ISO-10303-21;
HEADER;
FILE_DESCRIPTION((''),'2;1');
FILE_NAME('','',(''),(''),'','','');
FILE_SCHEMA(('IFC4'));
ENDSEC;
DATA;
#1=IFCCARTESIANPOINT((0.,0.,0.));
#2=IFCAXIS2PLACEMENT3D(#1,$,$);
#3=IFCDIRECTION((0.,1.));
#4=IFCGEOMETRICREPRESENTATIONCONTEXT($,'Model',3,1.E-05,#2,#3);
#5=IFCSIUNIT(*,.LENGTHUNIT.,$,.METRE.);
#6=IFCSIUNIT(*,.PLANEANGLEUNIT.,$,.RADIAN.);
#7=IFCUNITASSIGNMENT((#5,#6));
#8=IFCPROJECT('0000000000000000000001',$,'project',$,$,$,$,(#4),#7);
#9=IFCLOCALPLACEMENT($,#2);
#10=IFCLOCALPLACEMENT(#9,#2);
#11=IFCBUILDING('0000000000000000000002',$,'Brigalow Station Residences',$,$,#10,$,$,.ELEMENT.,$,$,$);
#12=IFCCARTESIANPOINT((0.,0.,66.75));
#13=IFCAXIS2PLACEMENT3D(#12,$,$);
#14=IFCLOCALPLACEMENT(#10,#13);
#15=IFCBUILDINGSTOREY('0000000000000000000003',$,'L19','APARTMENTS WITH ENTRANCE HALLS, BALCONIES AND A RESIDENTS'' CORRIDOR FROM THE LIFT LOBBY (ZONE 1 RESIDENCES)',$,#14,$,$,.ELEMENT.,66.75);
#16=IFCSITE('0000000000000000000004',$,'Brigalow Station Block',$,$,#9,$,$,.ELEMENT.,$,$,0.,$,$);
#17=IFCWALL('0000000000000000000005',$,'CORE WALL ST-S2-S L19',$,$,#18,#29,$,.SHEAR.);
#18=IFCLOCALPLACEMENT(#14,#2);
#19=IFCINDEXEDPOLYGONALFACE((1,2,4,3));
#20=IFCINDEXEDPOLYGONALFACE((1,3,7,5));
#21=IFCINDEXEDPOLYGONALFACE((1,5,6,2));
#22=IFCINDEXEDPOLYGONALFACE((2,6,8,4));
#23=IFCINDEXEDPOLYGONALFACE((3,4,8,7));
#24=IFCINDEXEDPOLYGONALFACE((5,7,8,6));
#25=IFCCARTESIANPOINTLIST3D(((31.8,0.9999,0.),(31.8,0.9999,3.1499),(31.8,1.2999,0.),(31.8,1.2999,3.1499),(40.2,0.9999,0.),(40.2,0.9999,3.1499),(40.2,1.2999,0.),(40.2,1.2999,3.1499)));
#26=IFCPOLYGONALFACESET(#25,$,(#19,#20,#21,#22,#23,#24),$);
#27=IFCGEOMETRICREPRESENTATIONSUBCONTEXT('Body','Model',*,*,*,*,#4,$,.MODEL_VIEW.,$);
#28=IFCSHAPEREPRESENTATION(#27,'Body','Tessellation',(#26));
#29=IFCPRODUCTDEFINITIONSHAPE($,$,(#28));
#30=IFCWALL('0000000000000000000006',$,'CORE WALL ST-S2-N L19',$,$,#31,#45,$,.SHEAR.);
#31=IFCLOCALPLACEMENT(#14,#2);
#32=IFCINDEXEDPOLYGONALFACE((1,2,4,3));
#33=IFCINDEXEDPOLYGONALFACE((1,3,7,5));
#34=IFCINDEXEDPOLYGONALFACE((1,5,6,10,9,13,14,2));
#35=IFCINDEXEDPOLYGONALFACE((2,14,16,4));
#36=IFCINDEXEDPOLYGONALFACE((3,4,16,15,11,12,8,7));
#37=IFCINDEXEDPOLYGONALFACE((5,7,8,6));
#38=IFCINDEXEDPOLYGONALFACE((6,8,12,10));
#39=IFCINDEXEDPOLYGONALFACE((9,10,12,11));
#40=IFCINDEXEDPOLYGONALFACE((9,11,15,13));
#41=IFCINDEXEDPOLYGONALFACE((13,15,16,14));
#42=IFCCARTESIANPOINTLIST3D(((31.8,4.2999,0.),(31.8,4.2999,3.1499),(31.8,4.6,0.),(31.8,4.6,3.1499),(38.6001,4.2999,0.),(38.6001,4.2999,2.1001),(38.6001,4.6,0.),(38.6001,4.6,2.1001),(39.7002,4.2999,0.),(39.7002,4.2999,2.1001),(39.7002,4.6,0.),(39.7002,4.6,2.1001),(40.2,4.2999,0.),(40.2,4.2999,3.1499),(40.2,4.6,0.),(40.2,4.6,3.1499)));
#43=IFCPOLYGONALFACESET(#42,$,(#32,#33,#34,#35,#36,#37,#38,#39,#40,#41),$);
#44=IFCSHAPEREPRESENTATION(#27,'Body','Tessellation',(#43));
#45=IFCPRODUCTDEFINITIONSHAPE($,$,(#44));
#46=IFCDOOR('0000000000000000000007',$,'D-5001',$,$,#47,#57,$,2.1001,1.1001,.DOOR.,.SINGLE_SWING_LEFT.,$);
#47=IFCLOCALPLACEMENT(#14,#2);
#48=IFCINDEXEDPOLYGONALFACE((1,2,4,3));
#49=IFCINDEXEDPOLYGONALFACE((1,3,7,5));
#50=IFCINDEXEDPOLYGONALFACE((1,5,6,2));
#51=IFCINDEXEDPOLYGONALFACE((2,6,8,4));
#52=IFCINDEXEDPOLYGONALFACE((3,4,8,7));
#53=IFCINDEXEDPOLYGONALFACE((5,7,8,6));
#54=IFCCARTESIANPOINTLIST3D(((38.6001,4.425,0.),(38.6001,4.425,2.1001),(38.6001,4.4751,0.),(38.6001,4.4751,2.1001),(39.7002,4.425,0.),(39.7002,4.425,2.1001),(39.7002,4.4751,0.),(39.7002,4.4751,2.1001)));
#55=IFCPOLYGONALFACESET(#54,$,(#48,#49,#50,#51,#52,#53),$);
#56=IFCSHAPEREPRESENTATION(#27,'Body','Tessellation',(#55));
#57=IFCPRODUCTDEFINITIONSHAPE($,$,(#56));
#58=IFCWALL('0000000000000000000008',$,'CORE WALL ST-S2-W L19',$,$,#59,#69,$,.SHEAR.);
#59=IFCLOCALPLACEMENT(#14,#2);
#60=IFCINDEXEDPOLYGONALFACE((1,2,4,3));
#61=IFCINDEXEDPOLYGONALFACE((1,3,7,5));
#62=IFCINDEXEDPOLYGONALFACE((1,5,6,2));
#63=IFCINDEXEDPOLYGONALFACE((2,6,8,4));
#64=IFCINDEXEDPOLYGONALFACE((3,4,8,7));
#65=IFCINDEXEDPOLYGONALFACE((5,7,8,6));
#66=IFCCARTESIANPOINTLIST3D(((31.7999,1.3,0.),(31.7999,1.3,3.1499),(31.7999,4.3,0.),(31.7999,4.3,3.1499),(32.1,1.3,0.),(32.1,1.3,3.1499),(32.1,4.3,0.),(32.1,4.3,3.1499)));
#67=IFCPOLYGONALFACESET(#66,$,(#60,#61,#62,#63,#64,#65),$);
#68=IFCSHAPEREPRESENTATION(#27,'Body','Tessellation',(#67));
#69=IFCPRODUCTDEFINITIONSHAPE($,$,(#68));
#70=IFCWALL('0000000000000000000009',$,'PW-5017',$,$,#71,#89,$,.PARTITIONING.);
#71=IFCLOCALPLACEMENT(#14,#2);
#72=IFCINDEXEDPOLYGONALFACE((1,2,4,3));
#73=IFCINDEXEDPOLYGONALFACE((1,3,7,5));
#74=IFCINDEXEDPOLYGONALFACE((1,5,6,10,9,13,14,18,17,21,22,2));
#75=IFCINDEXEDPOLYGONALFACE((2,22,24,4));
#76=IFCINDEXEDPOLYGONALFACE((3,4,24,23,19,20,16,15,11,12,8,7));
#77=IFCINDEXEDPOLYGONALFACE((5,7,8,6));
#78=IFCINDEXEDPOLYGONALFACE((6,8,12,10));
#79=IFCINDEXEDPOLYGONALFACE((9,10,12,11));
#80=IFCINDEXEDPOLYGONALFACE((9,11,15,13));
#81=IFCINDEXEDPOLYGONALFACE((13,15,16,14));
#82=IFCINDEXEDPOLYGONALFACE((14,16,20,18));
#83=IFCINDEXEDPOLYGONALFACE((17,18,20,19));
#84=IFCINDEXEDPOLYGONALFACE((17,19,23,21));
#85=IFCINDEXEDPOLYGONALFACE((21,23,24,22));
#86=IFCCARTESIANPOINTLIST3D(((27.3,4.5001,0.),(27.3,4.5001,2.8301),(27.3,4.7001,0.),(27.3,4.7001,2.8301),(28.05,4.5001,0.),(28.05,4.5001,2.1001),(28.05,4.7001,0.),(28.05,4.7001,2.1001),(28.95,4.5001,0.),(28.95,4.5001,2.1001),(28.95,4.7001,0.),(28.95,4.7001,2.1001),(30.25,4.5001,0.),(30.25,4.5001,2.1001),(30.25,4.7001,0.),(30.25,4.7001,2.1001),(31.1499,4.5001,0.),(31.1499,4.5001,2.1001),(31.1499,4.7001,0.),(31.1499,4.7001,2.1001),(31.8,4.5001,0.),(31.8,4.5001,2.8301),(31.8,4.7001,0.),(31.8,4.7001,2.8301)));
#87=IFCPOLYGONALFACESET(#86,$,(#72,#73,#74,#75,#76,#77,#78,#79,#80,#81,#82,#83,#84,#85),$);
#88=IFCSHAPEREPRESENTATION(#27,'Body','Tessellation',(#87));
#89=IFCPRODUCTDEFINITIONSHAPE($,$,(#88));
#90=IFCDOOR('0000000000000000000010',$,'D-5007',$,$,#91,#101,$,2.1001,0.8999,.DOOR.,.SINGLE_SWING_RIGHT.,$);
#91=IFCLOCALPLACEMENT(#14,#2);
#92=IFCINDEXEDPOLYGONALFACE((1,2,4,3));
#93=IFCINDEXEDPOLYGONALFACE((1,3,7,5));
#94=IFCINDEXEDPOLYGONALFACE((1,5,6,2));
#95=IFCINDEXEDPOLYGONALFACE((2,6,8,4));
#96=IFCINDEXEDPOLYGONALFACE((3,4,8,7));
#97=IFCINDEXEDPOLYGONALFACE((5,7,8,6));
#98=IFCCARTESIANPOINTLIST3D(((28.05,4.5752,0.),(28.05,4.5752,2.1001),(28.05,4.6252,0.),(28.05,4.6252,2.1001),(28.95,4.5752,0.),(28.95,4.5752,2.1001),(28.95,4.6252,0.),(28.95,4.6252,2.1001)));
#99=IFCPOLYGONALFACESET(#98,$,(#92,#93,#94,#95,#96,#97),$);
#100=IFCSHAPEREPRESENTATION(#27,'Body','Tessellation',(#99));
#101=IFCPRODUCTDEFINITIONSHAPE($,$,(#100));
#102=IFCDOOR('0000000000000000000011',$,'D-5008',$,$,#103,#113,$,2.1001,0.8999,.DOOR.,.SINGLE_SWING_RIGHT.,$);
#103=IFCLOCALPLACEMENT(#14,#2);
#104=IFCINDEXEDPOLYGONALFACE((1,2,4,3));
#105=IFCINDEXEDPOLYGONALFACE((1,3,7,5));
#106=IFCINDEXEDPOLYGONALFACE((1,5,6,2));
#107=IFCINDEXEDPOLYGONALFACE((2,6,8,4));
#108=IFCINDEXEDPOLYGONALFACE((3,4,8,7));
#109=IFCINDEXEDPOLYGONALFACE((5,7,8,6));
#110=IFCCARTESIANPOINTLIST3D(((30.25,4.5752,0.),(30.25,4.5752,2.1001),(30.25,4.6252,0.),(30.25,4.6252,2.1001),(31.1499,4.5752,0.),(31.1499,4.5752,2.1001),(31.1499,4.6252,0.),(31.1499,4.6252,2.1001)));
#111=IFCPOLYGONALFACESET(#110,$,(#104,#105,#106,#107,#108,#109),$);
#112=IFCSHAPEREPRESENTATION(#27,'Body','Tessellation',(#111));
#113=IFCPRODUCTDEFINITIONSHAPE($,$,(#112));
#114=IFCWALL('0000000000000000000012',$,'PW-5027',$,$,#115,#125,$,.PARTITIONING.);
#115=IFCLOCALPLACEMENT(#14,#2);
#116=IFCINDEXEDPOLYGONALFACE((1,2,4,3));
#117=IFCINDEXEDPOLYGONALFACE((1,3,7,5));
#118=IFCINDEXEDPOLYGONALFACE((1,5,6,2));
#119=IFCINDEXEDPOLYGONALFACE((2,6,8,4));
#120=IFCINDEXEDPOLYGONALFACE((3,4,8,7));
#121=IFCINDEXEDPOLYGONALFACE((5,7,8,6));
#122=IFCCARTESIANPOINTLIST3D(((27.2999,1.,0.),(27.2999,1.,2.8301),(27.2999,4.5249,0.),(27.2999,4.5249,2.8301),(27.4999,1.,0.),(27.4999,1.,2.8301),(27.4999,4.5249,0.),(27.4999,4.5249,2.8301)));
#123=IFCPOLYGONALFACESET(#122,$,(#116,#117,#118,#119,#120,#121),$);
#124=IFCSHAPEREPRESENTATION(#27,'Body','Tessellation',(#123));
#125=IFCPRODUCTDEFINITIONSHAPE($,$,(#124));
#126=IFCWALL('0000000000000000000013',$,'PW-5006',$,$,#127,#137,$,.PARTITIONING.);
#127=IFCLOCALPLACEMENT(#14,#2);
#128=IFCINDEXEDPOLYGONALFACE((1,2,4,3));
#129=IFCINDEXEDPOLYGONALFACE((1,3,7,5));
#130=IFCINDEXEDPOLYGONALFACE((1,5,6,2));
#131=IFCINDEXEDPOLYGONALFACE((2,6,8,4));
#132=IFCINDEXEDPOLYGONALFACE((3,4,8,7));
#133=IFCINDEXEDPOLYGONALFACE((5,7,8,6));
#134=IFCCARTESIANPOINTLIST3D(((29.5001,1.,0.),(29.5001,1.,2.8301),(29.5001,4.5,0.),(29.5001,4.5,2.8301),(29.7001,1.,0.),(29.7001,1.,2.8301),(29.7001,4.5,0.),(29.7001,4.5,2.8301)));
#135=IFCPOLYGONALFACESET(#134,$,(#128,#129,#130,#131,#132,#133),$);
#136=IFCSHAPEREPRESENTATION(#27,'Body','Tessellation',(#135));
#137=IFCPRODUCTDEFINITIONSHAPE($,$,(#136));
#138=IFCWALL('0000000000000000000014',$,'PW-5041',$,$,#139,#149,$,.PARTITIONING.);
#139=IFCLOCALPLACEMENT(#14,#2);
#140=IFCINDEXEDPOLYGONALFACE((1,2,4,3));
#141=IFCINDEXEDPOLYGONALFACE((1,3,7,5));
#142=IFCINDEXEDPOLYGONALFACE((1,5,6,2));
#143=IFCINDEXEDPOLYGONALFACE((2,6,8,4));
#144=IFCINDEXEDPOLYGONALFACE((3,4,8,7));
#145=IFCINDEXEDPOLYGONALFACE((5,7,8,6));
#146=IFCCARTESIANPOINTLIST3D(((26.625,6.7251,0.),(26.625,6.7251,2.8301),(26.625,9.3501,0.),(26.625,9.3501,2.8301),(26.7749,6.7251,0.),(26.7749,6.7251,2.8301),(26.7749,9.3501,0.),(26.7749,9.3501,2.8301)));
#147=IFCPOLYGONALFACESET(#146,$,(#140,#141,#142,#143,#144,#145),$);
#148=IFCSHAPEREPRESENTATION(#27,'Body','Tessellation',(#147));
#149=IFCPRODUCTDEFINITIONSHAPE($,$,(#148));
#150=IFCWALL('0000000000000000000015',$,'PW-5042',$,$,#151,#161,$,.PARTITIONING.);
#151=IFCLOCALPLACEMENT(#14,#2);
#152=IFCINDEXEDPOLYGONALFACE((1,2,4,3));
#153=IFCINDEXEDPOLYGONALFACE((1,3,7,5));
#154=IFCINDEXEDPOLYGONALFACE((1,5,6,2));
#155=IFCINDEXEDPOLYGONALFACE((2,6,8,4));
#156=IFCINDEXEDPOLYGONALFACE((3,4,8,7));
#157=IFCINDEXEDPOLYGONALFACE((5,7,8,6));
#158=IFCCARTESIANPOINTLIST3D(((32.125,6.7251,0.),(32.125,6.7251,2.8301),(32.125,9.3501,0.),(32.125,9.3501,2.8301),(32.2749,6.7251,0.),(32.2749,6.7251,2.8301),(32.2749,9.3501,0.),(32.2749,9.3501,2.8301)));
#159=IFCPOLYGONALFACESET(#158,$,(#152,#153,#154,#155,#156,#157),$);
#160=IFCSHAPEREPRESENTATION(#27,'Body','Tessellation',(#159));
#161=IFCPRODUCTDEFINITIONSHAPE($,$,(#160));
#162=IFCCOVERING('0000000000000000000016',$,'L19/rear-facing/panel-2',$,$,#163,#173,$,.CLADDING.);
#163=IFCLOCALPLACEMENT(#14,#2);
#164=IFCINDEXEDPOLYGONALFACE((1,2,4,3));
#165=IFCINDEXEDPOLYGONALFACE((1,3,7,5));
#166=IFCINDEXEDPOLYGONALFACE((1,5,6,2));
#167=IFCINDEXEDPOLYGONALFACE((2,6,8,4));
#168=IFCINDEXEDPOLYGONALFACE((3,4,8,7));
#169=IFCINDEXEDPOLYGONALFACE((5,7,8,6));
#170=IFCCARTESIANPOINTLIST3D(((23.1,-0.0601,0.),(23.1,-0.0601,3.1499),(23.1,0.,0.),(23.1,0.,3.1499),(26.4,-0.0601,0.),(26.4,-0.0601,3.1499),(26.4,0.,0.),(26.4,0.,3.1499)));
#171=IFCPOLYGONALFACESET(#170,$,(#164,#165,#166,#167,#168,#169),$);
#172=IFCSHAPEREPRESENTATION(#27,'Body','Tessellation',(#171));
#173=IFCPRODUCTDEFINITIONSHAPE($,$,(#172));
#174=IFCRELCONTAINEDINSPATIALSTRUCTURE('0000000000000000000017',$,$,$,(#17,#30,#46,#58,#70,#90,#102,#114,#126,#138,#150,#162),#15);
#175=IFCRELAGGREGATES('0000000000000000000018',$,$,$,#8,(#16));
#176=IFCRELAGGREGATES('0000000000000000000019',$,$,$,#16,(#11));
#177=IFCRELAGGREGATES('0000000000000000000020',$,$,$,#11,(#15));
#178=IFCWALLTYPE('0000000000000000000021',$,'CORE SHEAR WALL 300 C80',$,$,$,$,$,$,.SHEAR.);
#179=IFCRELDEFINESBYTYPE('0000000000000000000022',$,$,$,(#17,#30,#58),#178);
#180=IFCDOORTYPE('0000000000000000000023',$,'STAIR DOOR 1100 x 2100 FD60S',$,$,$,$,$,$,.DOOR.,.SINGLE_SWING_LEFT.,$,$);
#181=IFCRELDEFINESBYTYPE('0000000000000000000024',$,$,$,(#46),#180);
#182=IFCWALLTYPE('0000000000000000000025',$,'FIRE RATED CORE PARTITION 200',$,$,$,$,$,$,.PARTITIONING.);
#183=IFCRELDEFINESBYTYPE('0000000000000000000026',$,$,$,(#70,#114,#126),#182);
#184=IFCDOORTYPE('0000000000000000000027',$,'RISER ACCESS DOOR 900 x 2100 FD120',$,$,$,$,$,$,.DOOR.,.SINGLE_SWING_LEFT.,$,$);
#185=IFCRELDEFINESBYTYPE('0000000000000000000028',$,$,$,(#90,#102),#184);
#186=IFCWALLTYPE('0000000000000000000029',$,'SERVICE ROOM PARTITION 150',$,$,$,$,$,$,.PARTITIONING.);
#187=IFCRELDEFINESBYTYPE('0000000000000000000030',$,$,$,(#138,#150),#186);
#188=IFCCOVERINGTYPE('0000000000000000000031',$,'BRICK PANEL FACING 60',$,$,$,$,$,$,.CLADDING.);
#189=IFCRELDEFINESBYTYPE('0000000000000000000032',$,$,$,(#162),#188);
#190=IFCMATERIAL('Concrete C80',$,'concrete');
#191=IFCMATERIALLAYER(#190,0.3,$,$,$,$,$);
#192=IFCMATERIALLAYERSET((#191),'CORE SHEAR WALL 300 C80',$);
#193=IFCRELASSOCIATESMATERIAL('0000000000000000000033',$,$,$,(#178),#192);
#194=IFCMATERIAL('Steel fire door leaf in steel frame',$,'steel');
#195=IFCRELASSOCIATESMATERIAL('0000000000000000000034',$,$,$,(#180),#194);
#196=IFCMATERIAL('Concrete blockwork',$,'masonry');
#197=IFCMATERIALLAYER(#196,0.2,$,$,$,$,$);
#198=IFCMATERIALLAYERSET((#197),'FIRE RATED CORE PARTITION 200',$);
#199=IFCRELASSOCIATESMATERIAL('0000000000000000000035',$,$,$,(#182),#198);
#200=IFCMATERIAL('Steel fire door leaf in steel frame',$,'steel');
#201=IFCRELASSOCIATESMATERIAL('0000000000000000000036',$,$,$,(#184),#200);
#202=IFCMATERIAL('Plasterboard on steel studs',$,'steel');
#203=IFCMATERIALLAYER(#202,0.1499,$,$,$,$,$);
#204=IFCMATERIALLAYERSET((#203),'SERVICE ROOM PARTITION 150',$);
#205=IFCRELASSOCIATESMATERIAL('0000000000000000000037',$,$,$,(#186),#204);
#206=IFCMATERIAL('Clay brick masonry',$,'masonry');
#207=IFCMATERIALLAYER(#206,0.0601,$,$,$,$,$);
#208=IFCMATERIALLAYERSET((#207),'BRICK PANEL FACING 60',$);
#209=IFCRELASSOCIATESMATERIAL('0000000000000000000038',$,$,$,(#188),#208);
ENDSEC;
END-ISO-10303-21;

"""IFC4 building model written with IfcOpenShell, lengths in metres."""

from ifc_helpers import new_model, si_unit, direction, frame, frame_2d, origin, origin_2d, place, context, subcontext, project, spatial, rectangle, extrude, material, layer, layer_set, type_object, element, fill, save


model = new_model("IFC4")

# Units and contexts
model_context = context("Model", 3, precision=1e-05, world=origin(), true_north=direction((0.0, 1.0)))
body_context = subcontext(model_context, "Body", "Model", "MODEL_VIEW")
ifc_project = project(units=[si_unit("LENGTHUNIT", "METRE"), si_unit("PLANEANGLEUNIT", "RADIAN")], contexts=[model_context])

# Site, building, storey
site_placement = place(None, origin())
site = spatial("IfcSite", under=ifc_project, at=site_placement, Name="Brigalow Station Block", CompositionType="ELEMENT", RefElevation=0.0)
building_placement = place(site_placement, origin())
building = spatial("IfcBuilding", under=site, at=building_placement, Name="Brigalow Station Residences", CompositionType="ELEMENT")
storey_placement = place(building_placement, frame((0.0, 0.0, 66.75)))
storey = spatial("IfcBuildingStorey", under=building, at=storey_placement, Name="L19", Description="APARTMENTS WITH ENTRANCE HALLS, BALCONIES AND A RESIDENTS' CORRIDOR FROM THE LIFT LOBBY (ZONE 1 RESIDENCES)", CompositionType="ELEMENT", Elevation=66.75)

# Wall
ifc_material_1 = material(Name="Concrete C80", Category="concrete")
ifc_layer_1 = layer(ifc_material_1, 0.3)
ifc_layer_set_1 = layer_set([ifc_layer_1], Name="CORE SHEAR WALL 300 C80")
wall_type_1 = type_object("IfcWallType", Name="CORE SHEAR WALL 300 C80", PredefinedType="SHEAR", material=ifc_layer_set_1)
wall_1_placement = place(storey_placement, frame((31.8, 1.1499, 0.0), z_axis=(0.0, 0.0, 1.0), x_axis=(1.0, 0.0, 0.0)))
element("IfcWall", 1, at=wall_1_placement, inside=storey, type_object=wall_type_1, Name="CORE WALL ST-S2-S L19", PredefinedType="SHEAR", context=body_context, shape_type="SweptSolid", body=[
    extrude(rectangle(XDim=8.3999, YDim=0.3, at=frame_2d((4.2, 0.0))), origin(), (0.0, 0.0, 1.0), 3.1499),
])

# Wall, opening, door
wall_2_placement = place(storey_placement, frame((31.8, 4.45, 0.0), z_axis=(0.0, 0.0, 1.0), x_axis=(1.0, 0.0, 0.0)))
wall_2 = element("IfcWall", 2, at=wall_2_placement, inside=storey, type_object=wall_type_1, Name="CORE WALL ST-S2-N L19", PredefinedType="SHEAR", context=body_context, shape_type="SweptSolid", body=[
    extrude(rectangle(XDim=8.3999, YDim=0.3, at=frame_2d((4.2, 0.0))), origin(), (0.0, 0.0, 1.0), 3.1499),
])
opening_1_placement = place(wall_2_placement, frame((6.8, 0.0, 0.0)))
opening_1 = element("IfcOpeningElement", 3, at=opening_1_placement, cuts=wall_2, PredefinedType="OPENING", context=body_context, shape_type="SweptSolid", body=[
    extrude(rectangle(XDim=1.1001, YDim=2.1001, at=frame_2d((0.55, 1.05))), frame((0.0, 0.1602, 0.0), z_axis=(0.0, -1.0, 0.0), x_axis=(1.0, 0.0, 0.0)), (0.0, 0.0, 1.0), 0.3201),
])
ifc_material_2 = material(Name="Steel fire door leaf in steel frame", Category="steel")
door_type_1 = type_object("IfcDoorType", Name="STAIR DOOR 1100 x 2100 FD60S", OperationType="SINGLE_SWING_LEFT", PredefinedType="DOOR", material=ifc_material_2)
door_1_placement = place(opening_1_placement, frame((1.1001, 0.0, 0.0), z_axis=(0.0, 0.0, 1.0), x_axis=(-1.0, 0.0, 0.0)))
door_1 = element("IfcDoor", 4, at=door_1_placement, inside=storey, type_object=door_type_1, Name="D-5001", OperationType="SINGLE_SWING_LEFT", OverallHeight=2.1001, OverallWidth=1.1001, PredefinedType="DOOR", context=body_context, shape_type="SweptSolid", body=[
    extrude(rectangle(XDim=1.1001, YDim=2.1001, at=frame_2d((0.55, 1.05))), frame((0.0, 0.0249, 0.0), z_axis=(0.0, -1.0, 0.0), x_axis=(1.0, 0.0, 0.0)), (0.0, 0.0, 1.0), 0.05),
])
fill(opening_1, door_1)

# Wall
wall_3_placement = place(storey_placement, frame((31.95, 1.3, 0.0), z_axis=(0.0, 0.0, 1.0), x_axis=(0.0, 1.0, 0.0)))
element("IfcWall", 5, at=wall_3_placement, inside=storey, type_object=wall_type_1, Name="CORE WALL ST-S2-W L19", PredefinedType="SHEAR", context=body_context, shape_type="SweptSolid", body=[
    extrude(rectangle(XDim=3.0, YDim=0.3, at=frame_2d((1.5, 0.0))), origin(), (0.0, 0.0, 1.0), 3.1499),
])

# Wall, openings, doors
ifc_material_3 = material(Name="Concrete blockwork", Category="masonry")
ifc_layer_2 = layer(ifc_material_3, 0.2)
ifc_layer_set_2 = layer_set([ifc_layer_2], Name="FIRE RATED CORE PARTITION 200")
wall_type_2 = type_object("IfcWallType", Name="FIRE RATED CORE PARTITION 200", PredefinedType="PARTITIONING", material=ifc_layer_set_2)
wall_4_placement = place(storey_placement, frame((27.3, 4.6001, 0.0), z_axis=(0.0, 0.0, 1.0), x_axis=(1.0, 0.0, 0.0)))
wall_4 = element("IfcWall", 6, at=wall_4_placement, inside=storey, type_object=wall_type_2, Name="PW-5017", PredefinedType="PARTITIONING", context=body_context, shape_type="SweptSolid", body=[
    extrude(rectangle(XDim=4.5, YDim=0.2, at=frame_2d((2.25, 0.0))), origin(), (0.0, 0.0, 1.0), 2.8301),
])
opening_2_placement = place(wall_4_placement, frame((0.75, 0.0, 0.0)))
opening_2 = element("IfcOpeningElement", 7, at=opening_2_placement, cuts=wall_4, PredefinedType="OPENING", context=body_context, shape_type="SweptSolid", body=[
    extrude(rectangle(XDim=0.8999, YDim=2.1001, at=frame_2d((0.45, 1.05))), frame((0.0, 0.1099, 0.0), z_axis=(0.0, -1.0, 0.0), x_axis=(1.0, 0.0, 0.0)), (0.0, 0.0, 1.0), 0.22),
])
opening_3_placement = place(wall_4_placement, frame((2.95, 0.0, 0.0)))
opening_3 = element("IfcOpeningElement", 8, at=opening_3_placement, cuts=wall_4, PredefinedType="OPENING", context=body_context, shape_type="SweptSolid", body=[
    extrude(rectangle(XDim=0.8999, YDim=2.1001, at=frame_2d((0.45, 1.05))), frame((0.0, 0.1099, 0.0), z_axis=(0.0, -1.0, 0.0), x_axis=(1.0, 0.0, 0.0)), (0.0, 0.0, 1.0), 0.22),
])
ifc_material_4 = material(Name="Steel fire door leaf in steel frame", Category="steel")
door_type_2 = type_object("IfcDoorType", Name="RISER ACCESS DOOR 900 x 2100 FD120", OperationType="SINGLE_SWING_LEFT", PredefinedType="DOOR", material=ifc_material_4)
door_2_placement = place(opening_2_placement, frame((0.8999, 0.0, 0.0), z_axis=(0.0, 0.0, 1.0), x_axis=(-1.0, 0.0, 0.0)))
door_2 = element("IfcDoor", 9, at=door_2_placement, inside=storey, type_object=door_type_2, Name="D-5007", OperationType="SINGLE_SWING_RIGHT", OverallHeight=2.1001, OverallWidth=0.8999, PredefinedType="DOOR", context=body_context, shape_type="SweptSolid", body=[
    extrude(rectangle(XDim=0.8999, YDim=2.1001, at=frame_2d((0.45, 1.05))), frame((0.0, 0.0249, 0.0), z_axis=(0.0, -1.0, 0.0), x_axis=(1.0, 0.0, 0.0)), (0.0, 0.0, 1.0), 0.05),
])
fill(opening_2, door_2)
door_3_placement = place(opening_3_placement, frame((0.8999, 0.0, 0.0), z_axis=(0.0, 0.0, 1.0), x_axis=(-1.0, 0.0, 0.0)))
door_3 = element("IfcDoor", 10, at=door_3_placement, inside=storey, type_object=door_type_2, Name="D-5008", OperationType="SINGLE_SWING_RIGHT", OverallHeight=2.1001, OverallWidth=0.8999, PredefinedType="DOOR", context=body_context, shape_type="SweptSolid", body=[
    extrude(rectangle(XDim=0.8999, YDim=2.1001, at=frame_2d((0.45, 1.05))), frame((0.0, 0.0249, 0.0), z_axis=(0.0, -1.0, 0.0), x_axis=(1.0, 0.0, 0.0)), (0.0, 0.0, 1.0), 0.05),
])
fill(opening_3, door_3)

# Walls
wall_5_placement = place(storey_placement, frame((27.3999, 1.0, 0.0), z_axis=(0.0, 0.0, 1.0), x_axis=(0.0, 1.0, 0.0)))
element("IfcWall", 11, at=wall_5_placement, inside=storey, type_object=wall_type_2, Name="PW-5027", PredefinedType="PARTITIONING", context=body_context, shape_type="SweptSolid", body=[
    extrude(rectangle(XDim=3.5249, YDim=0.2, at=frame_2d((1.7625, 0.0))), origin(), (0.0, 0.0, 1.0), 2.8301),
])
wall_6_placement = place(storey_placement, frame((29.6001, 1.0, 0.0), z_axis=(0.0, 0.0, 1.0), x_axis=(0.0, 1.0, 0.0)))
element("IfcWall", 12, at=wall_6_placement, inside=storey, type_object=wall_type_2, Name="PW-5006", PredefinedType="PARTITIONING", context=body_context, shape_type="SweptSolid", body=[
    extrude(rectangle(XDim=3.5, YDim=0.2, at=frame_2d((1.75, 0.0))), origin(), (0.0, 0.0, 1.0), 2.8301),
])
ifc_material_5 = material(Name="Plasterboard on steel studs", Category="steel")
ifc_layer_3 = layer(ifc_material_5, 0.1499)
ifc_layer_set_3 = layer_set([ifc_layer_3], Name="SERVICE ROOM PARTITION 150")
wall_type_3 = type_object("IfcWallType", Name="SERVICE ROOM PARTITION 150", PredefinedType="PARTITIONING", material=ifc_layer_set_3)
for number, where, z_axis, x_axis, name in (
    (13, (26.7, 6.7251, 0.0), (0.0, 0.0, 1.0), (0.0, 1.0, 0.0), "PW-5041"),
    (14, (32.2, 6.7251, 0.0), (0.0, 0.0, 1.0), (0.0, 1.0, 0.0), "PW-5042"),
):
    element("IfcWall", number, at=place(storey_placement, frame(where, z_axis=z_axis, x_axis=x_axis)), inside=storey, type_object=wall_type_3, Name=name, PredefinedType="PARTITIONING", context=body_context, shape_type="SweptSolid", body=[
        extrude(rectangle(XDim=2.625, YDim=0.1499, at=frame_2d((1.3125, 0.0))), origin(), (0.0, 0.0, 1.0), 2.8301),
    ])

# Covering
ifc_material_6 = material(Name="Clay brick masonry", Category="masonry")
ifc_layer_4 = layer(ifc_material_6, 0.0601)
ifc_layer_set_4 = layer_set([ifc_layer_4], Name="BRICK PANEL FACING 60")
covering_type_1 = type_object("IfcCoveringType", Name="BRICK PANEL FACING 60", PredefinedType="CLADDING", material=ifc_layer_set_4)
for number, where, z_axis, x_axis, name in (
    (15, (24.75, -0.03, 0.0), (0.0, 0.0, 1.0), (1.0, 0.0, 0.0), "L19/rear-facing/panel-2"),
):
    element("IfcCovering", number, at=place(storey_placement, frame(where, z_axis=z_axis, x_axis=x_axis)), inside=storey, type_object=covering_type_1, Name=name, PredefinedType="CLADDING", context=body_context, shape_type="SweptSolid", body=[
        extrude(rectangle(XDim=3.3, YDim=0.0601, at=origin_2d()), origin(), (0.0, 0.0, 1.0), 3.1499),
    ])

save(model, "model.ifc")
